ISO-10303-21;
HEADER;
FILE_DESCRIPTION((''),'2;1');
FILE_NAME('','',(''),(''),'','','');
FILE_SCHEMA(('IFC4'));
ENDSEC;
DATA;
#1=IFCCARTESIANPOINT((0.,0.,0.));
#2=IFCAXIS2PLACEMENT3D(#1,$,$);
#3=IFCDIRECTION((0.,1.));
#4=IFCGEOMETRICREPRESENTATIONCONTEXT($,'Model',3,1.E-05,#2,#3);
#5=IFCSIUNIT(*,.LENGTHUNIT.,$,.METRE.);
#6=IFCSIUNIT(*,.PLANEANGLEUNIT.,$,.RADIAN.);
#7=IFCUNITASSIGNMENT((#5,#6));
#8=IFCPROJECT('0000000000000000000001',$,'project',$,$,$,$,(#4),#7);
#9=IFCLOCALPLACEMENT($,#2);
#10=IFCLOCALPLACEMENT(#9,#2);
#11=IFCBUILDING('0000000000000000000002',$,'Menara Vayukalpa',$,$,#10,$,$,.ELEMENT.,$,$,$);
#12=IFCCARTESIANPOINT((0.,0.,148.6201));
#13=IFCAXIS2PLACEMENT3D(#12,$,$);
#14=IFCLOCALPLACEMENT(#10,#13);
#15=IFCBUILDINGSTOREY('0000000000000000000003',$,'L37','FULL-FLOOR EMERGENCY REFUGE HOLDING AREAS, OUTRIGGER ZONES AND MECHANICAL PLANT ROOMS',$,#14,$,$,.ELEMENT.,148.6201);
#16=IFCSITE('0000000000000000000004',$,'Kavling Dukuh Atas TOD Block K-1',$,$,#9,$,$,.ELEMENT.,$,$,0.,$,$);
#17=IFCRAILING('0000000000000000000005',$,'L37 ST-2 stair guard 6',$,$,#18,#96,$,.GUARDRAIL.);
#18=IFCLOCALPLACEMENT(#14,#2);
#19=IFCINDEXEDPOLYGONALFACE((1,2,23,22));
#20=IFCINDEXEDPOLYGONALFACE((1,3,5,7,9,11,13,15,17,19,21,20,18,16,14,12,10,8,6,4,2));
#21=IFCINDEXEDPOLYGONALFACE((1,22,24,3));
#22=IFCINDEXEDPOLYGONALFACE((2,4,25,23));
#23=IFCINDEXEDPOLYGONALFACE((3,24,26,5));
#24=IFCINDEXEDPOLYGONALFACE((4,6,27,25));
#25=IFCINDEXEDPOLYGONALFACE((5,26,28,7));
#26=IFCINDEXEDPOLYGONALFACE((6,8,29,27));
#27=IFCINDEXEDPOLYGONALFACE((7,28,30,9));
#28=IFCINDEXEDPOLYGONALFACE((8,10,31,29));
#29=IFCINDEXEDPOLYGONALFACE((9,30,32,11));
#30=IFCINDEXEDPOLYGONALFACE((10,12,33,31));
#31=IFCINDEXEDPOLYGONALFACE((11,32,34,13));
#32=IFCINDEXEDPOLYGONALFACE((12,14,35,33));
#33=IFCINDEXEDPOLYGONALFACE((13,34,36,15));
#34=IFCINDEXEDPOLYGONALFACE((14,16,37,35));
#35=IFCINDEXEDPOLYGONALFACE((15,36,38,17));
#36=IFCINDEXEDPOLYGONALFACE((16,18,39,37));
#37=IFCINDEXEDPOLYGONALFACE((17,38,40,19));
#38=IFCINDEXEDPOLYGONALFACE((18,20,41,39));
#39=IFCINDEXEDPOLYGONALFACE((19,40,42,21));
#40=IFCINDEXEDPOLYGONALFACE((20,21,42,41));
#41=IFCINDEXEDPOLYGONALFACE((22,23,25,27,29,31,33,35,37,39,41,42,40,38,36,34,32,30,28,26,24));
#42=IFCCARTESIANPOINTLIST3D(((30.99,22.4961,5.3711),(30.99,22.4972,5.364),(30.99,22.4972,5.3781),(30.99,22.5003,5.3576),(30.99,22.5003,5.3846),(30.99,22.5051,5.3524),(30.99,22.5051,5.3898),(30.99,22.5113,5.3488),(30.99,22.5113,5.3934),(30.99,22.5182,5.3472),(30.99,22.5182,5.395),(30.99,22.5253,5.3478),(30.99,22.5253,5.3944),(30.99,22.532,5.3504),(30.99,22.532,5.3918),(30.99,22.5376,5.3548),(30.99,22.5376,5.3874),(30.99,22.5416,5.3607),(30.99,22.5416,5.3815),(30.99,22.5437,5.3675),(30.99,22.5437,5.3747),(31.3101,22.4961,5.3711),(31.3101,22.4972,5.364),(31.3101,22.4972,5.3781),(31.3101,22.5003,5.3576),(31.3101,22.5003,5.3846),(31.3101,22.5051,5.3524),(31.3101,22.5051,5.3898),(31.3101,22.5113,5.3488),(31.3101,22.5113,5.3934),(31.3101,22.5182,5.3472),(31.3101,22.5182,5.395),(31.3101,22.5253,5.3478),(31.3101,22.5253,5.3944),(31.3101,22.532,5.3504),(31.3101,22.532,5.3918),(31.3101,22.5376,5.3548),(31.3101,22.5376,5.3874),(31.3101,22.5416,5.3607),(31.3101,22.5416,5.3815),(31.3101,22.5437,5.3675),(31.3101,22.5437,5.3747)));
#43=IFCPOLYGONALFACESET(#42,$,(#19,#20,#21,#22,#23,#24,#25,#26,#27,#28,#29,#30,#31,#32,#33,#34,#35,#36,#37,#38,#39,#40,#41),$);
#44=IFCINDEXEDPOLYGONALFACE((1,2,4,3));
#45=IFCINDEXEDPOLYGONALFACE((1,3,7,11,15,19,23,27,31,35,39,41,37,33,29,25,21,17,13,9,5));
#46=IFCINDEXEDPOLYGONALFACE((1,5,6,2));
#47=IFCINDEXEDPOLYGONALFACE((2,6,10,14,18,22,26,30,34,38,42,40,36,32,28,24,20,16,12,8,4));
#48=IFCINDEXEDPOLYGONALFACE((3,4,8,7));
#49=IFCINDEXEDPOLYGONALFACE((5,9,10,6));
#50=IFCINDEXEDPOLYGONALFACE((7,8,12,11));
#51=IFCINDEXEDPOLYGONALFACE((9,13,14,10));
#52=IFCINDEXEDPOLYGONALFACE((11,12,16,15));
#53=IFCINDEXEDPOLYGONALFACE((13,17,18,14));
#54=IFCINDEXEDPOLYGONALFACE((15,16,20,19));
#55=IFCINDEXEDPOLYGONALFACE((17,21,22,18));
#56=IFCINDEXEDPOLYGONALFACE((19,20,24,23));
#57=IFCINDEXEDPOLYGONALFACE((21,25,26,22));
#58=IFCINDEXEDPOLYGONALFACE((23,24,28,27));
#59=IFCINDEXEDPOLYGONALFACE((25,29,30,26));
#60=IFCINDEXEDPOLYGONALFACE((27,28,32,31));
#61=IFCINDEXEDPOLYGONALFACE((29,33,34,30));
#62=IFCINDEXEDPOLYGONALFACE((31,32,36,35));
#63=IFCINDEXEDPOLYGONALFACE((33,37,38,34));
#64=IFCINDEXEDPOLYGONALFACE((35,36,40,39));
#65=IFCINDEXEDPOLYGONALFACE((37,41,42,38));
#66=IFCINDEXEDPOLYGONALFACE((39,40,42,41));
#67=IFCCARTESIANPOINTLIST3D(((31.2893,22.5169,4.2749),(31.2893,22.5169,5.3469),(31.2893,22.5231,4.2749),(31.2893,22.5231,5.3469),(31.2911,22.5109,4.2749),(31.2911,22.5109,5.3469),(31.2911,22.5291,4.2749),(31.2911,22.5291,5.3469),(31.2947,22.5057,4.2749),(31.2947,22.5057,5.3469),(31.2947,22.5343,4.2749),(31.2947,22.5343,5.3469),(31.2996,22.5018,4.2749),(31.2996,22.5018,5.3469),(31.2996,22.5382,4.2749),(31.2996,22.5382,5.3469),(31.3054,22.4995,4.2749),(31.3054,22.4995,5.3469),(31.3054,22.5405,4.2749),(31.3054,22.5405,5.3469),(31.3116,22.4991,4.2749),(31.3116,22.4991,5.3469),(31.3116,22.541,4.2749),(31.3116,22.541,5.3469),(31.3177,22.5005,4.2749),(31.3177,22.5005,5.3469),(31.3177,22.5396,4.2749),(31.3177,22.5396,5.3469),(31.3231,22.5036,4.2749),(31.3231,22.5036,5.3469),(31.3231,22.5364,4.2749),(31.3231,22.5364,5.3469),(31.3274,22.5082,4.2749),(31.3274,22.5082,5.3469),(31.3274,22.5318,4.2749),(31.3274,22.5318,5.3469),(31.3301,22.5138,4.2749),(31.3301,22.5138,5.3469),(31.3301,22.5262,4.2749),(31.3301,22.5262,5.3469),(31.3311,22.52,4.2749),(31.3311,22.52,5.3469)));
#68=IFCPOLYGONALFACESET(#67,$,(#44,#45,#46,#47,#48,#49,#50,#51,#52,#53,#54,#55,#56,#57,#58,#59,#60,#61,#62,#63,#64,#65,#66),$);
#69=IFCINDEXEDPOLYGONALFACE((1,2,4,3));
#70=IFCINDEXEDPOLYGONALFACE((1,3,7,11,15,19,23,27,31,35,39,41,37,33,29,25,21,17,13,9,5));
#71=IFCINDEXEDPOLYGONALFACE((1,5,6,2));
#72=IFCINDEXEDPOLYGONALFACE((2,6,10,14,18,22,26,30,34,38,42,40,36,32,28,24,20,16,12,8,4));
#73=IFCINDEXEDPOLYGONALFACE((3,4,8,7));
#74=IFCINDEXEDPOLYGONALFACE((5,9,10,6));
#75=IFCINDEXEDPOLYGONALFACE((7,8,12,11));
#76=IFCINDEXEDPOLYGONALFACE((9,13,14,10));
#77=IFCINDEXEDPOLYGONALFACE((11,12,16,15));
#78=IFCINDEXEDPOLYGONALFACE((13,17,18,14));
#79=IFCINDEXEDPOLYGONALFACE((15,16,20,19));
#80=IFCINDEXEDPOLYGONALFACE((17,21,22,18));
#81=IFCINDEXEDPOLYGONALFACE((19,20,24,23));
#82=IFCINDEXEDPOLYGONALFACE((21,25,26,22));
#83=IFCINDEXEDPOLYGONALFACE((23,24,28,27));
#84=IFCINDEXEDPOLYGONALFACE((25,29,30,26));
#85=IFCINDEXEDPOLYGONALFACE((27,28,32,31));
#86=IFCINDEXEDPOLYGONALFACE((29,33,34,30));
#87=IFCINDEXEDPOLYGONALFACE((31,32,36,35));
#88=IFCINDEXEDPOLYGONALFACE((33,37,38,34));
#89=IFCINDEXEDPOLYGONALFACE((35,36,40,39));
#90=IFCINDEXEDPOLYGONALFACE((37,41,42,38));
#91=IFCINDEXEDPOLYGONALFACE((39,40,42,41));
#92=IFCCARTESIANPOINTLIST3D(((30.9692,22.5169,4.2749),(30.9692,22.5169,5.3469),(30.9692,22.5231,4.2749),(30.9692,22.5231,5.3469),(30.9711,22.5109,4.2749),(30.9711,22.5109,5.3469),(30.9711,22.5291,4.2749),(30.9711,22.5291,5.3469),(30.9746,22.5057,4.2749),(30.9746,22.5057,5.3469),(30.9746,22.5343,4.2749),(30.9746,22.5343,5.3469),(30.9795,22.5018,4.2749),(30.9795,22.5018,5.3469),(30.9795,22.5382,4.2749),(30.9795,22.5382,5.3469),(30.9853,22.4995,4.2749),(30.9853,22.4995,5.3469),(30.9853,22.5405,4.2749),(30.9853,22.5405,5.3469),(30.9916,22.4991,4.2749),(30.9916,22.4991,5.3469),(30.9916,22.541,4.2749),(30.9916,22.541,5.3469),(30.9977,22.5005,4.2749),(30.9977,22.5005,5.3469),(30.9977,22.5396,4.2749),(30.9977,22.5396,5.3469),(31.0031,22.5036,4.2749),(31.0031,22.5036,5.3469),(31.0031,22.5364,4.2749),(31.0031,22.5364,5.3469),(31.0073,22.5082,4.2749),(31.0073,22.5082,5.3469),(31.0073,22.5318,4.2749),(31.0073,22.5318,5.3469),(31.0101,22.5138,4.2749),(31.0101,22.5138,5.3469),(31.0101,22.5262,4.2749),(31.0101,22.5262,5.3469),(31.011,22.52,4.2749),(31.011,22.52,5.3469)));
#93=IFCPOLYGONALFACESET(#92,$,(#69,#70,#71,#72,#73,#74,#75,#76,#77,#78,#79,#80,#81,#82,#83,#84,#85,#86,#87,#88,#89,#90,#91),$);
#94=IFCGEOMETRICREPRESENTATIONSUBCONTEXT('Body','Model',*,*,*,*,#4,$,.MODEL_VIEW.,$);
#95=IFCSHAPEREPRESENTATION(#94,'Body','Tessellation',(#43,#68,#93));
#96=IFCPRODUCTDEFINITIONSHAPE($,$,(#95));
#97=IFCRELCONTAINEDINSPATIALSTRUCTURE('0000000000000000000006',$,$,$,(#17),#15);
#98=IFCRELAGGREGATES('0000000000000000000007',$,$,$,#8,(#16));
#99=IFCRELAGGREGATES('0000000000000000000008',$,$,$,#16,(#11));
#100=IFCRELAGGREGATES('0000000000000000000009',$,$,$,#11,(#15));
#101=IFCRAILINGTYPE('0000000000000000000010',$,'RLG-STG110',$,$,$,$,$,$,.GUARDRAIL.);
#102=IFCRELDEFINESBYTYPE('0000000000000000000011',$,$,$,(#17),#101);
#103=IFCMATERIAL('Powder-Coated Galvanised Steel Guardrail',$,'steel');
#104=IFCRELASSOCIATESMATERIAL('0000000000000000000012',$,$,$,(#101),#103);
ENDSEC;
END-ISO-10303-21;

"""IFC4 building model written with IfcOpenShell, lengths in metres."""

from ifc_helpers import new_model, si_unit, direction, frame, origin, origin_2d, place, context, subcontext, project, spatial, circle, extrude, material, type_object, element, save


model = new_model("IFC4")

# Units and contexts
model_context = context("Model", 3, precision=1e-05, world=origin(), true_north=direction((0.0, 1.0)))
body_context = subcontext(model_context, "Body", "Model", "MODEL_VIEW")
ifc_project = project(units=[si_unit("LENGTHUNIT", "METRE"), si_unit("PLANEANGLEUNIT", "RADIAN")], contexts=[model_context])

# Site, building, storey
site_placement = place(None, origin())
site = spatial("IfcSite", under=ifc_project, at=site_placement, Name="Kavling Dukuh Atas TOD Block K-1", CompositionType="ELEMENT", RefElevation=0.0)
building_placement = place(site_placement, origin())
building = spatial("IfcBuilding", under=site, at=building_placement, Name="Menara Vayukalpa", CompositionType="ELEMENT")
storey_placement = place(building_placement, frame((0.0, 0.0, 148.6201)))
storey = spatial("IfcBuildingStorey", under=building, at=storey_placement, Name="L37", Description="FULL-FLOOR EMERGENCY REFUGE HOLDING AREAS, OUTRIGGER ZONES AND MECHANICAL PLANT ROOMS", CompositionType="ELEMENT", Elevation=148.6201)

# Railing
ifc_material_1 = material(Name="Powder-Coated Galvanised Steel Guardrail", Category="steel")
railing_type_1 = type_object("IfcRailingType", Name="RLG-STG110", PredefinedType="GUARDRAIL", material=ifc_material_1)
railing_1_placement = place(storey_placement, frame((31.3101, 22.52, 4.2749)))
element("IfcRailing", 1, at=railing_1_placement, inside=storey, type_object=railing_type_1, Name="L37 ST-2 stair guard 6", PredefinedType="GUARDRAIL", context=body_context, shape_type="SweptSolid", body=[
    extrude(circle(Radius=0.0239, at=origin_2d()), frame((0.0, 0.0, 1.0962), z_axis=(-1.0, 0.0, 0.0), x_axis=(0.0, -1.0, 0.0)), (0.0, 0.0, 1.0), 0.3201),
    extrude(circle(Radius=0.021, at=origin_2d()), origin(), (0.0, 0.0, 1.0), 1.072),
    extrude(circle(Radius=0.021, at=origin_2d()), frame((-0.3201, 0.0, 0.0)), (0.0, 0.0, 1.0), 1.072),
])

save(model, "model.ifc")
